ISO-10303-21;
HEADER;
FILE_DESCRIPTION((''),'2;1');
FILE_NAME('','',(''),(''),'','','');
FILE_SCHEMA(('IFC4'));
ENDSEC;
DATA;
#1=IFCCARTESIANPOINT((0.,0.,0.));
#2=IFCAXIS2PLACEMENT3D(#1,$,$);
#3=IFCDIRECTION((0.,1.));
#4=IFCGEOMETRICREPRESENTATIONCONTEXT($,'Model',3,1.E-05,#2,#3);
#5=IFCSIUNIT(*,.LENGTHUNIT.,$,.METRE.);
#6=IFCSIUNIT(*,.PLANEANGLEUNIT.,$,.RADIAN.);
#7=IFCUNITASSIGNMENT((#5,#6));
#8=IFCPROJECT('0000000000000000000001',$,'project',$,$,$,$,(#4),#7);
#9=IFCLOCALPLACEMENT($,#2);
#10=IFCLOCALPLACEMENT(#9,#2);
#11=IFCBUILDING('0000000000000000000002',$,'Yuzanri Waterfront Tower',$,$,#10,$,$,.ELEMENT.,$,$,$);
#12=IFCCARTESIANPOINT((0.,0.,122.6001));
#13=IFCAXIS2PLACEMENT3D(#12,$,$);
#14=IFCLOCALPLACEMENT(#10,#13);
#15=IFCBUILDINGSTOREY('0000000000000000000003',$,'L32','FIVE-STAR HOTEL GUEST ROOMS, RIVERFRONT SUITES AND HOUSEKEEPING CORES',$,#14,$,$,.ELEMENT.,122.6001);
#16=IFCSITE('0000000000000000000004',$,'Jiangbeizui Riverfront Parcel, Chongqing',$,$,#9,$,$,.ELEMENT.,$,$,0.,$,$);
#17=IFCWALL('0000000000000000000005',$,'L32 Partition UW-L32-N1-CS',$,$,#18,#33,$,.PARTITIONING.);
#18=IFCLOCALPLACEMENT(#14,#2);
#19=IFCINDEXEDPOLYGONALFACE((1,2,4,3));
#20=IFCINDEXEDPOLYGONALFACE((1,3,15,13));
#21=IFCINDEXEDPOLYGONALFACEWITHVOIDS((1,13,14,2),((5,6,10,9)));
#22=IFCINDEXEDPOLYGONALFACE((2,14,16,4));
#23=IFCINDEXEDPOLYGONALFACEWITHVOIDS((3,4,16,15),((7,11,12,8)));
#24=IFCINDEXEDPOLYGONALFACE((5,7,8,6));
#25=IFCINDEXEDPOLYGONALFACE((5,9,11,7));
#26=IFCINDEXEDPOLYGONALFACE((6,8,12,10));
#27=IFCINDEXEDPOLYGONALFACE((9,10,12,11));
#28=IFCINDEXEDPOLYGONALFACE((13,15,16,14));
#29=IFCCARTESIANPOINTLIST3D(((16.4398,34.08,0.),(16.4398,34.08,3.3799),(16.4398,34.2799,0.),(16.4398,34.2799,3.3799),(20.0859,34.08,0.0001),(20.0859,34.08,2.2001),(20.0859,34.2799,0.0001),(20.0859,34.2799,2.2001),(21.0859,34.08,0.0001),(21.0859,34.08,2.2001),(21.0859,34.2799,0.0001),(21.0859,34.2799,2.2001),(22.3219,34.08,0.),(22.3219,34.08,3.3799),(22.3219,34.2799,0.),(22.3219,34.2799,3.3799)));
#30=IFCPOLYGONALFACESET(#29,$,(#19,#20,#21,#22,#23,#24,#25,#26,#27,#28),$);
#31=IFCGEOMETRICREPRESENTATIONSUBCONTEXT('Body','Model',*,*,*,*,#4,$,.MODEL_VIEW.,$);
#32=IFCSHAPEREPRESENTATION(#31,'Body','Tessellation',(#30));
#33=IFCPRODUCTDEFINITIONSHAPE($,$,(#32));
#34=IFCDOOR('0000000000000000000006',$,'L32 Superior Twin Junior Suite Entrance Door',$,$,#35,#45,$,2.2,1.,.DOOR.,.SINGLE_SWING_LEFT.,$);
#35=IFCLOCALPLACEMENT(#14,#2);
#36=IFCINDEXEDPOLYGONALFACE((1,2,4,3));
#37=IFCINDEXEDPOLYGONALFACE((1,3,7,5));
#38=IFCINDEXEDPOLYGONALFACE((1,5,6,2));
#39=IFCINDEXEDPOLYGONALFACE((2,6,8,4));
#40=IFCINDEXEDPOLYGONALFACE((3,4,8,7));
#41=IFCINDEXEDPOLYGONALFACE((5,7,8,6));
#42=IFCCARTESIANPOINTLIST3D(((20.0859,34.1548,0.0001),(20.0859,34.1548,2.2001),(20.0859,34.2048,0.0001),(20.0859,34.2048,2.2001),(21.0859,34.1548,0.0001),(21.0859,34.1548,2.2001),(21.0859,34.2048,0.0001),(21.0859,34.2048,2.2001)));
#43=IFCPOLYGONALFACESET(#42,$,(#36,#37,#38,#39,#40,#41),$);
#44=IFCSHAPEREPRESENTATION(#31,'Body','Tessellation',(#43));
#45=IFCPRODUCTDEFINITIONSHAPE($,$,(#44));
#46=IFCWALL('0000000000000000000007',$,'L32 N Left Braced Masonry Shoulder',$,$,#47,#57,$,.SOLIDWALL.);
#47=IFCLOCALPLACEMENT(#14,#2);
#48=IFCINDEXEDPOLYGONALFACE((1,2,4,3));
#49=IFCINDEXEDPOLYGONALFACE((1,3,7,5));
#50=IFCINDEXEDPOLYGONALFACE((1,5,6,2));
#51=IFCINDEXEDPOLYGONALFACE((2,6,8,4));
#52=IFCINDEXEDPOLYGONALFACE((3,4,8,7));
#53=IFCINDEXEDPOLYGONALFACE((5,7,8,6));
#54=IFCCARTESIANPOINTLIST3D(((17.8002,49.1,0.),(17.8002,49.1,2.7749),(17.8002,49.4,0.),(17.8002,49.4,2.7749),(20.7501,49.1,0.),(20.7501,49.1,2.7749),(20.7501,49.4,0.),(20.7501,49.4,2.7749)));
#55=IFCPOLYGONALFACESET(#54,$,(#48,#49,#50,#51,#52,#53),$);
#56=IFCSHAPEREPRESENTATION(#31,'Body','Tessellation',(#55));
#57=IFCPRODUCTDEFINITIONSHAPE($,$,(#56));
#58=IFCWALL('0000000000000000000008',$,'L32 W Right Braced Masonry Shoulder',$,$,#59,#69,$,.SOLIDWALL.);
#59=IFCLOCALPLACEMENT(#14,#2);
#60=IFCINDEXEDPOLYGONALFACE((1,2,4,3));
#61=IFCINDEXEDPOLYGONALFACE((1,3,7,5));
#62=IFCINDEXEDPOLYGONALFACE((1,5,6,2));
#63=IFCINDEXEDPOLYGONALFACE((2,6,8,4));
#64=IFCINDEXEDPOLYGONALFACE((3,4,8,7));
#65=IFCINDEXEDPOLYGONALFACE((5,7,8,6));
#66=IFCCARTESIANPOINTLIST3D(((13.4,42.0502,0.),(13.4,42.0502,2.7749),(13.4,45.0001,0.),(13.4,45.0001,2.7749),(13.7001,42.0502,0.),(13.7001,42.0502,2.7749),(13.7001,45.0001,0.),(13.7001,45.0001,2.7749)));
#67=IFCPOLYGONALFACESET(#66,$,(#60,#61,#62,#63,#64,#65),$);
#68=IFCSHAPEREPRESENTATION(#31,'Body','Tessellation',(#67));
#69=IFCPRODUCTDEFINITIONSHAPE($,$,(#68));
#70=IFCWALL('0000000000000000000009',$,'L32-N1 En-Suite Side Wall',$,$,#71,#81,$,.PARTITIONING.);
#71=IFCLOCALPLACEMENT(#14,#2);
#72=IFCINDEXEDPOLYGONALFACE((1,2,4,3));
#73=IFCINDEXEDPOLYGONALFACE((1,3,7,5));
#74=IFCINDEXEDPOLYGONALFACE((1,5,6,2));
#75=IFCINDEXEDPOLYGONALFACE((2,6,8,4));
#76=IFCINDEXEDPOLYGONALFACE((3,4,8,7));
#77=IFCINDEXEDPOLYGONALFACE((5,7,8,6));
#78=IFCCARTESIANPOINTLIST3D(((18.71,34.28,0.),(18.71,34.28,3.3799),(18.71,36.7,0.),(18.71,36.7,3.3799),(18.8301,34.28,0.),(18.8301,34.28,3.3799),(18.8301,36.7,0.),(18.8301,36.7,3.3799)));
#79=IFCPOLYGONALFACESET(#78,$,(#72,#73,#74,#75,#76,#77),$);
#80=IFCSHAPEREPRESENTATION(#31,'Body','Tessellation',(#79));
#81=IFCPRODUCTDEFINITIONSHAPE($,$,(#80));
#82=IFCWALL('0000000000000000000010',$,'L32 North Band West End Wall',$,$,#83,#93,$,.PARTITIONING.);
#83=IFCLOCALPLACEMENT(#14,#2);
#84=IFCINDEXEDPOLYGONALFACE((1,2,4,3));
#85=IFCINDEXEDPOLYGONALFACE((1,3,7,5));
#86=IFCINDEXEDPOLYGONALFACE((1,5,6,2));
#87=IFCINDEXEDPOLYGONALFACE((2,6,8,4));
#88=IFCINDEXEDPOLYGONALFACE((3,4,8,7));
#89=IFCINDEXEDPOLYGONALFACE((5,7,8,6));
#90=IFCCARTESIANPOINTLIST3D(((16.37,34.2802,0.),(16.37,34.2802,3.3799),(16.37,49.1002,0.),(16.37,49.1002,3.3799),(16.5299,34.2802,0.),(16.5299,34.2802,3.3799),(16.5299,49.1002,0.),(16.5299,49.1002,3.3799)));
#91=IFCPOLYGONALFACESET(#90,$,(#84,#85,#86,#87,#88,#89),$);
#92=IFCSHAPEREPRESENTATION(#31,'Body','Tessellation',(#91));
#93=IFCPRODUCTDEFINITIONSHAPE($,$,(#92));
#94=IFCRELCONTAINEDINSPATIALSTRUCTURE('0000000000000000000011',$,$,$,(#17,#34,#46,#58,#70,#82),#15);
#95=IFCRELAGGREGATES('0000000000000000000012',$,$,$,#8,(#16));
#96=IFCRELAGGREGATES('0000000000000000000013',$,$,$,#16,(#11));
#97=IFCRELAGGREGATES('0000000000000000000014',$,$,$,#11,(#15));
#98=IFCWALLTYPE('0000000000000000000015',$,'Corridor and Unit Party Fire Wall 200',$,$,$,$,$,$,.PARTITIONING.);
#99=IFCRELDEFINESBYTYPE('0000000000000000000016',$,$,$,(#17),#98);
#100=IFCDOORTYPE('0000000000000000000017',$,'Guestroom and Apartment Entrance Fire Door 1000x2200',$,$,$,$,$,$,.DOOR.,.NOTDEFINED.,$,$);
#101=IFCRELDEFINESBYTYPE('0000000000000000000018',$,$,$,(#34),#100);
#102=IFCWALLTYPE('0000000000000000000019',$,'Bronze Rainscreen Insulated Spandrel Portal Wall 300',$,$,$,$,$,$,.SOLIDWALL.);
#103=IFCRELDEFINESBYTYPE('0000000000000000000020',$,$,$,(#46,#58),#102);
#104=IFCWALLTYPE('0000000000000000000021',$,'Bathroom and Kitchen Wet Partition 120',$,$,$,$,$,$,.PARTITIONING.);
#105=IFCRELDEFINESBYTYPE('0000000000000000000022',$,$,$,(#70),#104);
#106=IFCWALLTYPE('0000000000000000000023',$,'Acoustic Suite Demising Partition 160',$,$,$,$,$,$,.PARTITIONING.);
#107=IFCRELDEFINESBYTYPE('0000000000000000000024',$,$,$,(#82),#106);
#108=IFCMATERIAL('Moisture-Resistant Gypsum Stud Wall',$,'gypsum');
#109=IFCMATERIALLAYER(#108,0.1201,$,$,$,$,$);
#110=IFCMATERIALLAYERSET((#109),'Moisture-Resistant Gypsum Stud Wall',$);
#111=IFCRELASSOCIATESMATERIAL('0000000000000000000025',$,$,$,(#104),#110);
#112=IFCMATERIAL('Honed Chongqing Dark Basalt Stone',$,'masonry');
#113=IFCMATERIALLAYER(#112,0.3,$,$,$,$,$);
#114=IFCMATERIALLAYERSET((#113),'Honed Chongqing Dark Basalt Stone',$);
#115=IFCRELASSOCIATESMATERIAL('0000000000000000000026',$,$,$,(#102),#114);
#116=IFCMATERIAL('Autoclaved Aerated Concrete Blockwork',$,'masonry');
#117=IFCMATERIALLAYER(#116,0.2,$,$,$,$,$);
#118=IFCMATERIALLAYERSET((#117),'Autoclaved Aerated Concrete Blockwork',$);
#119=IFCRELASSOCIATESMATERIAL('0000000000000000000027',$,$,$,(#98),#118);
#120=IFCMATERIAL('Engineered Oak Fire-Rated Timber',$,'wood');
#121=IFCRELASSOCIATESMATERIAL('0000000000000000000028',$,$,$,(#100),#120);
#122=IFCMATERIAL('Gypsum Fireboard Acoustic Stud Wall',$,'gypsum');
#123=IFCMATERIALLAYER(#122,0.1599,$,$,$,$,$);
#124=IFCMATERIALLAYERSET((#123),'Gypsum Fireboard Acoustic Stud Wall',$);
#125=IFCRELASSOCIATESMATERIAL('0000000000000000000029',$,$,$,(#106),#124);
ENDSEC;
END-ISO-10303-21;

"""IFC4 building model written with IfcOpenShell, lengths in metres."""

from ifc_helpers import new_model, si_unit, direction, frame, frame_2d, origin, place, context, subcontext, project, spatial, rectangle, extrude, source, transform, mapped, material, layer, layer_set, type_object, element, fill, save


model = new_model("IFC4")

# Units and contexts
model_context = context("Model", 3, precision=1e-05, world=origin(), true_north=direction((0.0, 1.0)))
body_context = subcontext(model_context, "Body", "Model", "MODEL_VIEW")
ifc_project = project(units=[si_unit("LENGTHUNIT", "METRE"), si_unit("PLANEANGLEUNIT", "RADIAN")], contexts=[model_context])

# Site, building, storey
site_placement = place(None, origin())
site = spatial("IfcSite", under=ifc_project, at=site_placement, Name="Jiangbeizui Riverfront Parcel, Chongqing", CompositionType="ELEMENT", RefElevation=0.0)
building_placement = place(site_placement, origin())
building = spatial("IfcBuilding", under=site, at=building_placement, Name="Yuzanri Waterfront Tower", CompositionType="ELEMENT")
storey_placement = place(building_placement, frame((0.0, 0.0, 122.6001)))
storey = spatial("IfcBuildingStorey", under=building, at=storey_placement, Name="L32", Description="FIVE-STAR HOTEL GUEST ROOMS, RIVERFRONT SUITES AND HOUSEKEEPING CORES", CompositionType="ELEMENT", Elevation=122.6001)

# Shared definitions
ifc_material_1 = material(Name="Moisture-Resistant Gypsum Stud Wall", Category="gypsum")
ifc_layer_1 = layer(ifc_material_1, 0.1201)
ifc_layer_set_1 = layer_set([ifc_layer_1], Name="Moisture-Resistant Gypsum Stud Wall")
wall_type_1 = type_object("IfcWallType", Name="Bathroom and Kitchen Wet Partition 120", PredefinedType="PARTITIONING", material=ifc_layer_set_1)

# Shared definitions
ifc_material_2 = material(Name="Honed Chongqing Dark Basalt Stone", Category="masonry")
ifc_layer_2 = layer(ifc_material_2, 0.3)
ifc_layer_set_2 = layer_set([ifc_layer_2], Name="Honed Chongqing Dark Basalt Stone")
wall_type_2 = type_object("IfcWallType", Name="Bronze Rainscreen Insulated Spandrel Portal Wall 300", PredefinedType="SOLIDWALL", material=ifc_layer_set_2)

# Wall, opening, door
ifc_material_3 = material(Name="Autoclaved Aerated Concrete Blockwork", Category="masonry")
ifc_layer_3 = layer(ifc_material_3, 0.2)
ifc_layer_set_3 = layer_set([ifc_layer_3], Name="Autoclaved Aerated Concrete Blockwork")
wall_type_3 = type_object("IfcWallType", Name="Corridor and Unit Party Fire Wall 200", PredefinedType="PARTITIONING", material=ifc_layer_set_3)
wall_1_placement = place(storey_placement, frame((16.4399, 34.1799, 0.0), z_axis=(0.0, 0.0, 1.0), x_axis=(1.0, 0.0, 0.0)))
wall_1 = element("IfcWall", 1, at=wall_1_placement, inside=storey, type_object=wall_type_3, Name="L32 Partition UW-L32-N1-CS", PredefinedType="PARTITIONING", context=body_context, shape_type="SweptSolid", body=[
    extrude(rectangle(XDim=5.8821, YDim=0.2, at=frame_2d((2.9409, 0.0))), origin(), (0.0, 0.0, 1.0), 3.3799),
])
opening_1_placement = place(wall_1_placement, frame((3.646, 0.0, 0.0)))
opening_1 = element("IfcOpeningElement", 2, at=opening_1_placement, cuts=wall_1, PredefinedType="OPENING", context=body_context, shape_type="SweptSolid", body=[
    extrude(rectangle(XDim=1.0, YDim=2.2, at=frame_2d((0.5, 1.1001))), frame((0.0, 0.1147, 0.0), z_axis=(0.0, -1.0, 0.0), x_axis=(1.0, 0.0, 0.0)), (0.0, 0.0, 1.0), 0.2297),
])
ifc_material_4 = material(Name="Engineered Oak Fire-Rated Timber", Category="wood")
door_type_1 = type_object("IfcDoorType", Name="Guestroom and Apartment Entrance Fire Door 1000x2200", OperationType="NOTDEFINED", PredefinedType="DOOR", material=ifc_material_4)
shared_shape_1 = source(origin(), body_context, "Body", "SweptSolid", [
    extrude(rectangle(XDim=1.0, YDim=2.2, at=frame_2d((0.5, 1.1001))), frame((0.0, 0.0249, 0.0), z_axis=(0.0, -1.0, 0.0), x_axis=(1.0, 0.0, 0.0)), (0.0, 0.0, 1.0), 0.05),
])
door_1_placement = place(opening_1_placement, origin())
door_1 = element("IfcDoor", 3, at=door_1_placement, inside=storey, type_object=door_type_1, Name="L32 Superior Twin Junior Suite Entrance Door", OperationType="SINGLE_SWING_LEFT", OverallHeight=2.2, OverallWidth=1.0, PredefinedType="DOOR", context=body_context, shape_type="MappedRepresentation", body=[
    mapped(shared_shape_1, transform((0.0, 0.0, 0.0), scale=1.0)),
])
fill(opening_1, door_1)

# Walls
shared_shape_2 = source(origin(), body_context, "Body", "SweptSolid", [
    extrude(rectangle(XDim=2.95, YDim=0.3, at=frame_2d((1.4751, 0.0))), origin(), (0.0, 0.0, 1.0), 2.7749),
])
for number, where, z_axis, x_axis, name in (
    (4, (17.8, 49.25, 0.0), (0.0, 0.0, 1.0), (1.0, 0.0, 0.0), "L32 N Left Braced Masonry Shoulder"),
    (5, (13.55, 42.05, 0.0), (0.0, 0.0, 1.0), (0.0, 1.0, 0.0), "L32 W Right Braced Masonry Shoulder"),
):
    element("IfcWall", number, at=place(storey_placement, frame(where, z_axis=z_axis, x_axis=x_axis)), inside=storey, type_object=wall_type_2, Name=name, PredefinedType="SOLIDWALL", context=body_context, shape_type="MappedRepresentation", body=[
        mapped(shared_shape_2, transform((0.0, 0.0, 0.0), scale=1.0)),
    ])
shared_shape_3 = source(origin(), body_context, "Body", "SweptSolid", [
    extrude(rectangle(XDim=2.4199, YDim=0.1201, at=frame_2d((1.21, 0.0))), origin(), (0.0, 0.0, 1.0), 3.3799),
])
wall_2_placement = place(storey_placement, frame((18.77, 34.28, 0.0), z_axis=(0.0, 0.0, 1.0), x_axis=(0.0, 1.0, 0.0)))
element("IfcWall", 6, at=wall_2_placement, inside=storey, type_object=wall_type_1, Name="L32-N1 En-Suite Side Wall", PredefinedType="PARTITIONING", context=body_context, shape_type="MappedRepresentation", body=[
    mapped(shared_shape_3, transform((0.0, 0.0, 0.0), scale=1.0)),
])
ifc_material_5 = material(Name="Gypsum Fireboard Acoustic Stud Wall", Category="gypsum")
ifc_layer_4 = layer(ifc_material_5, 0.1599)
ifc_layer_set_4 = layer_set([ifc_layer_4], Name="Gypsum Fireboard Acoustic Stud Wall")
wall_type_4 = type_object("IfcWallType", Name="Acoustic Suite Demising Partition 160", PredefinedType="PARTITIONING", material=ifc_layer_set_4)
shared_shape_4 = source(origin(), body_context, "Body", "SweptSolid", [
    extrude(rectangle(XDim=14.8201, YDim=0.1599, at=frame_2d((7.4102, 0.0))), origin(), (0.0, 0.0, 1.0), 3.3799),
])
wall_3_placement = place(storey_placement, frame((16.45, 34.28, 0.0), z_axis=(0.0, 0.0, 1.0), x_axis=(0.0, 1.0, 0.0)))
element("IfcWall", 7, at=wall_3_placement, inside=storey, type_object=wall_type_4, Name="L32 North Band West End Wall", PredefinedType="PARTITIONING", context=body_context, shape_type="MappedRepresentation", body=[
    mapped(shared_shape_4, transform((0.0, 0.0, 0.0), scale=1.0)),
])

save(model, "model.ifc")
